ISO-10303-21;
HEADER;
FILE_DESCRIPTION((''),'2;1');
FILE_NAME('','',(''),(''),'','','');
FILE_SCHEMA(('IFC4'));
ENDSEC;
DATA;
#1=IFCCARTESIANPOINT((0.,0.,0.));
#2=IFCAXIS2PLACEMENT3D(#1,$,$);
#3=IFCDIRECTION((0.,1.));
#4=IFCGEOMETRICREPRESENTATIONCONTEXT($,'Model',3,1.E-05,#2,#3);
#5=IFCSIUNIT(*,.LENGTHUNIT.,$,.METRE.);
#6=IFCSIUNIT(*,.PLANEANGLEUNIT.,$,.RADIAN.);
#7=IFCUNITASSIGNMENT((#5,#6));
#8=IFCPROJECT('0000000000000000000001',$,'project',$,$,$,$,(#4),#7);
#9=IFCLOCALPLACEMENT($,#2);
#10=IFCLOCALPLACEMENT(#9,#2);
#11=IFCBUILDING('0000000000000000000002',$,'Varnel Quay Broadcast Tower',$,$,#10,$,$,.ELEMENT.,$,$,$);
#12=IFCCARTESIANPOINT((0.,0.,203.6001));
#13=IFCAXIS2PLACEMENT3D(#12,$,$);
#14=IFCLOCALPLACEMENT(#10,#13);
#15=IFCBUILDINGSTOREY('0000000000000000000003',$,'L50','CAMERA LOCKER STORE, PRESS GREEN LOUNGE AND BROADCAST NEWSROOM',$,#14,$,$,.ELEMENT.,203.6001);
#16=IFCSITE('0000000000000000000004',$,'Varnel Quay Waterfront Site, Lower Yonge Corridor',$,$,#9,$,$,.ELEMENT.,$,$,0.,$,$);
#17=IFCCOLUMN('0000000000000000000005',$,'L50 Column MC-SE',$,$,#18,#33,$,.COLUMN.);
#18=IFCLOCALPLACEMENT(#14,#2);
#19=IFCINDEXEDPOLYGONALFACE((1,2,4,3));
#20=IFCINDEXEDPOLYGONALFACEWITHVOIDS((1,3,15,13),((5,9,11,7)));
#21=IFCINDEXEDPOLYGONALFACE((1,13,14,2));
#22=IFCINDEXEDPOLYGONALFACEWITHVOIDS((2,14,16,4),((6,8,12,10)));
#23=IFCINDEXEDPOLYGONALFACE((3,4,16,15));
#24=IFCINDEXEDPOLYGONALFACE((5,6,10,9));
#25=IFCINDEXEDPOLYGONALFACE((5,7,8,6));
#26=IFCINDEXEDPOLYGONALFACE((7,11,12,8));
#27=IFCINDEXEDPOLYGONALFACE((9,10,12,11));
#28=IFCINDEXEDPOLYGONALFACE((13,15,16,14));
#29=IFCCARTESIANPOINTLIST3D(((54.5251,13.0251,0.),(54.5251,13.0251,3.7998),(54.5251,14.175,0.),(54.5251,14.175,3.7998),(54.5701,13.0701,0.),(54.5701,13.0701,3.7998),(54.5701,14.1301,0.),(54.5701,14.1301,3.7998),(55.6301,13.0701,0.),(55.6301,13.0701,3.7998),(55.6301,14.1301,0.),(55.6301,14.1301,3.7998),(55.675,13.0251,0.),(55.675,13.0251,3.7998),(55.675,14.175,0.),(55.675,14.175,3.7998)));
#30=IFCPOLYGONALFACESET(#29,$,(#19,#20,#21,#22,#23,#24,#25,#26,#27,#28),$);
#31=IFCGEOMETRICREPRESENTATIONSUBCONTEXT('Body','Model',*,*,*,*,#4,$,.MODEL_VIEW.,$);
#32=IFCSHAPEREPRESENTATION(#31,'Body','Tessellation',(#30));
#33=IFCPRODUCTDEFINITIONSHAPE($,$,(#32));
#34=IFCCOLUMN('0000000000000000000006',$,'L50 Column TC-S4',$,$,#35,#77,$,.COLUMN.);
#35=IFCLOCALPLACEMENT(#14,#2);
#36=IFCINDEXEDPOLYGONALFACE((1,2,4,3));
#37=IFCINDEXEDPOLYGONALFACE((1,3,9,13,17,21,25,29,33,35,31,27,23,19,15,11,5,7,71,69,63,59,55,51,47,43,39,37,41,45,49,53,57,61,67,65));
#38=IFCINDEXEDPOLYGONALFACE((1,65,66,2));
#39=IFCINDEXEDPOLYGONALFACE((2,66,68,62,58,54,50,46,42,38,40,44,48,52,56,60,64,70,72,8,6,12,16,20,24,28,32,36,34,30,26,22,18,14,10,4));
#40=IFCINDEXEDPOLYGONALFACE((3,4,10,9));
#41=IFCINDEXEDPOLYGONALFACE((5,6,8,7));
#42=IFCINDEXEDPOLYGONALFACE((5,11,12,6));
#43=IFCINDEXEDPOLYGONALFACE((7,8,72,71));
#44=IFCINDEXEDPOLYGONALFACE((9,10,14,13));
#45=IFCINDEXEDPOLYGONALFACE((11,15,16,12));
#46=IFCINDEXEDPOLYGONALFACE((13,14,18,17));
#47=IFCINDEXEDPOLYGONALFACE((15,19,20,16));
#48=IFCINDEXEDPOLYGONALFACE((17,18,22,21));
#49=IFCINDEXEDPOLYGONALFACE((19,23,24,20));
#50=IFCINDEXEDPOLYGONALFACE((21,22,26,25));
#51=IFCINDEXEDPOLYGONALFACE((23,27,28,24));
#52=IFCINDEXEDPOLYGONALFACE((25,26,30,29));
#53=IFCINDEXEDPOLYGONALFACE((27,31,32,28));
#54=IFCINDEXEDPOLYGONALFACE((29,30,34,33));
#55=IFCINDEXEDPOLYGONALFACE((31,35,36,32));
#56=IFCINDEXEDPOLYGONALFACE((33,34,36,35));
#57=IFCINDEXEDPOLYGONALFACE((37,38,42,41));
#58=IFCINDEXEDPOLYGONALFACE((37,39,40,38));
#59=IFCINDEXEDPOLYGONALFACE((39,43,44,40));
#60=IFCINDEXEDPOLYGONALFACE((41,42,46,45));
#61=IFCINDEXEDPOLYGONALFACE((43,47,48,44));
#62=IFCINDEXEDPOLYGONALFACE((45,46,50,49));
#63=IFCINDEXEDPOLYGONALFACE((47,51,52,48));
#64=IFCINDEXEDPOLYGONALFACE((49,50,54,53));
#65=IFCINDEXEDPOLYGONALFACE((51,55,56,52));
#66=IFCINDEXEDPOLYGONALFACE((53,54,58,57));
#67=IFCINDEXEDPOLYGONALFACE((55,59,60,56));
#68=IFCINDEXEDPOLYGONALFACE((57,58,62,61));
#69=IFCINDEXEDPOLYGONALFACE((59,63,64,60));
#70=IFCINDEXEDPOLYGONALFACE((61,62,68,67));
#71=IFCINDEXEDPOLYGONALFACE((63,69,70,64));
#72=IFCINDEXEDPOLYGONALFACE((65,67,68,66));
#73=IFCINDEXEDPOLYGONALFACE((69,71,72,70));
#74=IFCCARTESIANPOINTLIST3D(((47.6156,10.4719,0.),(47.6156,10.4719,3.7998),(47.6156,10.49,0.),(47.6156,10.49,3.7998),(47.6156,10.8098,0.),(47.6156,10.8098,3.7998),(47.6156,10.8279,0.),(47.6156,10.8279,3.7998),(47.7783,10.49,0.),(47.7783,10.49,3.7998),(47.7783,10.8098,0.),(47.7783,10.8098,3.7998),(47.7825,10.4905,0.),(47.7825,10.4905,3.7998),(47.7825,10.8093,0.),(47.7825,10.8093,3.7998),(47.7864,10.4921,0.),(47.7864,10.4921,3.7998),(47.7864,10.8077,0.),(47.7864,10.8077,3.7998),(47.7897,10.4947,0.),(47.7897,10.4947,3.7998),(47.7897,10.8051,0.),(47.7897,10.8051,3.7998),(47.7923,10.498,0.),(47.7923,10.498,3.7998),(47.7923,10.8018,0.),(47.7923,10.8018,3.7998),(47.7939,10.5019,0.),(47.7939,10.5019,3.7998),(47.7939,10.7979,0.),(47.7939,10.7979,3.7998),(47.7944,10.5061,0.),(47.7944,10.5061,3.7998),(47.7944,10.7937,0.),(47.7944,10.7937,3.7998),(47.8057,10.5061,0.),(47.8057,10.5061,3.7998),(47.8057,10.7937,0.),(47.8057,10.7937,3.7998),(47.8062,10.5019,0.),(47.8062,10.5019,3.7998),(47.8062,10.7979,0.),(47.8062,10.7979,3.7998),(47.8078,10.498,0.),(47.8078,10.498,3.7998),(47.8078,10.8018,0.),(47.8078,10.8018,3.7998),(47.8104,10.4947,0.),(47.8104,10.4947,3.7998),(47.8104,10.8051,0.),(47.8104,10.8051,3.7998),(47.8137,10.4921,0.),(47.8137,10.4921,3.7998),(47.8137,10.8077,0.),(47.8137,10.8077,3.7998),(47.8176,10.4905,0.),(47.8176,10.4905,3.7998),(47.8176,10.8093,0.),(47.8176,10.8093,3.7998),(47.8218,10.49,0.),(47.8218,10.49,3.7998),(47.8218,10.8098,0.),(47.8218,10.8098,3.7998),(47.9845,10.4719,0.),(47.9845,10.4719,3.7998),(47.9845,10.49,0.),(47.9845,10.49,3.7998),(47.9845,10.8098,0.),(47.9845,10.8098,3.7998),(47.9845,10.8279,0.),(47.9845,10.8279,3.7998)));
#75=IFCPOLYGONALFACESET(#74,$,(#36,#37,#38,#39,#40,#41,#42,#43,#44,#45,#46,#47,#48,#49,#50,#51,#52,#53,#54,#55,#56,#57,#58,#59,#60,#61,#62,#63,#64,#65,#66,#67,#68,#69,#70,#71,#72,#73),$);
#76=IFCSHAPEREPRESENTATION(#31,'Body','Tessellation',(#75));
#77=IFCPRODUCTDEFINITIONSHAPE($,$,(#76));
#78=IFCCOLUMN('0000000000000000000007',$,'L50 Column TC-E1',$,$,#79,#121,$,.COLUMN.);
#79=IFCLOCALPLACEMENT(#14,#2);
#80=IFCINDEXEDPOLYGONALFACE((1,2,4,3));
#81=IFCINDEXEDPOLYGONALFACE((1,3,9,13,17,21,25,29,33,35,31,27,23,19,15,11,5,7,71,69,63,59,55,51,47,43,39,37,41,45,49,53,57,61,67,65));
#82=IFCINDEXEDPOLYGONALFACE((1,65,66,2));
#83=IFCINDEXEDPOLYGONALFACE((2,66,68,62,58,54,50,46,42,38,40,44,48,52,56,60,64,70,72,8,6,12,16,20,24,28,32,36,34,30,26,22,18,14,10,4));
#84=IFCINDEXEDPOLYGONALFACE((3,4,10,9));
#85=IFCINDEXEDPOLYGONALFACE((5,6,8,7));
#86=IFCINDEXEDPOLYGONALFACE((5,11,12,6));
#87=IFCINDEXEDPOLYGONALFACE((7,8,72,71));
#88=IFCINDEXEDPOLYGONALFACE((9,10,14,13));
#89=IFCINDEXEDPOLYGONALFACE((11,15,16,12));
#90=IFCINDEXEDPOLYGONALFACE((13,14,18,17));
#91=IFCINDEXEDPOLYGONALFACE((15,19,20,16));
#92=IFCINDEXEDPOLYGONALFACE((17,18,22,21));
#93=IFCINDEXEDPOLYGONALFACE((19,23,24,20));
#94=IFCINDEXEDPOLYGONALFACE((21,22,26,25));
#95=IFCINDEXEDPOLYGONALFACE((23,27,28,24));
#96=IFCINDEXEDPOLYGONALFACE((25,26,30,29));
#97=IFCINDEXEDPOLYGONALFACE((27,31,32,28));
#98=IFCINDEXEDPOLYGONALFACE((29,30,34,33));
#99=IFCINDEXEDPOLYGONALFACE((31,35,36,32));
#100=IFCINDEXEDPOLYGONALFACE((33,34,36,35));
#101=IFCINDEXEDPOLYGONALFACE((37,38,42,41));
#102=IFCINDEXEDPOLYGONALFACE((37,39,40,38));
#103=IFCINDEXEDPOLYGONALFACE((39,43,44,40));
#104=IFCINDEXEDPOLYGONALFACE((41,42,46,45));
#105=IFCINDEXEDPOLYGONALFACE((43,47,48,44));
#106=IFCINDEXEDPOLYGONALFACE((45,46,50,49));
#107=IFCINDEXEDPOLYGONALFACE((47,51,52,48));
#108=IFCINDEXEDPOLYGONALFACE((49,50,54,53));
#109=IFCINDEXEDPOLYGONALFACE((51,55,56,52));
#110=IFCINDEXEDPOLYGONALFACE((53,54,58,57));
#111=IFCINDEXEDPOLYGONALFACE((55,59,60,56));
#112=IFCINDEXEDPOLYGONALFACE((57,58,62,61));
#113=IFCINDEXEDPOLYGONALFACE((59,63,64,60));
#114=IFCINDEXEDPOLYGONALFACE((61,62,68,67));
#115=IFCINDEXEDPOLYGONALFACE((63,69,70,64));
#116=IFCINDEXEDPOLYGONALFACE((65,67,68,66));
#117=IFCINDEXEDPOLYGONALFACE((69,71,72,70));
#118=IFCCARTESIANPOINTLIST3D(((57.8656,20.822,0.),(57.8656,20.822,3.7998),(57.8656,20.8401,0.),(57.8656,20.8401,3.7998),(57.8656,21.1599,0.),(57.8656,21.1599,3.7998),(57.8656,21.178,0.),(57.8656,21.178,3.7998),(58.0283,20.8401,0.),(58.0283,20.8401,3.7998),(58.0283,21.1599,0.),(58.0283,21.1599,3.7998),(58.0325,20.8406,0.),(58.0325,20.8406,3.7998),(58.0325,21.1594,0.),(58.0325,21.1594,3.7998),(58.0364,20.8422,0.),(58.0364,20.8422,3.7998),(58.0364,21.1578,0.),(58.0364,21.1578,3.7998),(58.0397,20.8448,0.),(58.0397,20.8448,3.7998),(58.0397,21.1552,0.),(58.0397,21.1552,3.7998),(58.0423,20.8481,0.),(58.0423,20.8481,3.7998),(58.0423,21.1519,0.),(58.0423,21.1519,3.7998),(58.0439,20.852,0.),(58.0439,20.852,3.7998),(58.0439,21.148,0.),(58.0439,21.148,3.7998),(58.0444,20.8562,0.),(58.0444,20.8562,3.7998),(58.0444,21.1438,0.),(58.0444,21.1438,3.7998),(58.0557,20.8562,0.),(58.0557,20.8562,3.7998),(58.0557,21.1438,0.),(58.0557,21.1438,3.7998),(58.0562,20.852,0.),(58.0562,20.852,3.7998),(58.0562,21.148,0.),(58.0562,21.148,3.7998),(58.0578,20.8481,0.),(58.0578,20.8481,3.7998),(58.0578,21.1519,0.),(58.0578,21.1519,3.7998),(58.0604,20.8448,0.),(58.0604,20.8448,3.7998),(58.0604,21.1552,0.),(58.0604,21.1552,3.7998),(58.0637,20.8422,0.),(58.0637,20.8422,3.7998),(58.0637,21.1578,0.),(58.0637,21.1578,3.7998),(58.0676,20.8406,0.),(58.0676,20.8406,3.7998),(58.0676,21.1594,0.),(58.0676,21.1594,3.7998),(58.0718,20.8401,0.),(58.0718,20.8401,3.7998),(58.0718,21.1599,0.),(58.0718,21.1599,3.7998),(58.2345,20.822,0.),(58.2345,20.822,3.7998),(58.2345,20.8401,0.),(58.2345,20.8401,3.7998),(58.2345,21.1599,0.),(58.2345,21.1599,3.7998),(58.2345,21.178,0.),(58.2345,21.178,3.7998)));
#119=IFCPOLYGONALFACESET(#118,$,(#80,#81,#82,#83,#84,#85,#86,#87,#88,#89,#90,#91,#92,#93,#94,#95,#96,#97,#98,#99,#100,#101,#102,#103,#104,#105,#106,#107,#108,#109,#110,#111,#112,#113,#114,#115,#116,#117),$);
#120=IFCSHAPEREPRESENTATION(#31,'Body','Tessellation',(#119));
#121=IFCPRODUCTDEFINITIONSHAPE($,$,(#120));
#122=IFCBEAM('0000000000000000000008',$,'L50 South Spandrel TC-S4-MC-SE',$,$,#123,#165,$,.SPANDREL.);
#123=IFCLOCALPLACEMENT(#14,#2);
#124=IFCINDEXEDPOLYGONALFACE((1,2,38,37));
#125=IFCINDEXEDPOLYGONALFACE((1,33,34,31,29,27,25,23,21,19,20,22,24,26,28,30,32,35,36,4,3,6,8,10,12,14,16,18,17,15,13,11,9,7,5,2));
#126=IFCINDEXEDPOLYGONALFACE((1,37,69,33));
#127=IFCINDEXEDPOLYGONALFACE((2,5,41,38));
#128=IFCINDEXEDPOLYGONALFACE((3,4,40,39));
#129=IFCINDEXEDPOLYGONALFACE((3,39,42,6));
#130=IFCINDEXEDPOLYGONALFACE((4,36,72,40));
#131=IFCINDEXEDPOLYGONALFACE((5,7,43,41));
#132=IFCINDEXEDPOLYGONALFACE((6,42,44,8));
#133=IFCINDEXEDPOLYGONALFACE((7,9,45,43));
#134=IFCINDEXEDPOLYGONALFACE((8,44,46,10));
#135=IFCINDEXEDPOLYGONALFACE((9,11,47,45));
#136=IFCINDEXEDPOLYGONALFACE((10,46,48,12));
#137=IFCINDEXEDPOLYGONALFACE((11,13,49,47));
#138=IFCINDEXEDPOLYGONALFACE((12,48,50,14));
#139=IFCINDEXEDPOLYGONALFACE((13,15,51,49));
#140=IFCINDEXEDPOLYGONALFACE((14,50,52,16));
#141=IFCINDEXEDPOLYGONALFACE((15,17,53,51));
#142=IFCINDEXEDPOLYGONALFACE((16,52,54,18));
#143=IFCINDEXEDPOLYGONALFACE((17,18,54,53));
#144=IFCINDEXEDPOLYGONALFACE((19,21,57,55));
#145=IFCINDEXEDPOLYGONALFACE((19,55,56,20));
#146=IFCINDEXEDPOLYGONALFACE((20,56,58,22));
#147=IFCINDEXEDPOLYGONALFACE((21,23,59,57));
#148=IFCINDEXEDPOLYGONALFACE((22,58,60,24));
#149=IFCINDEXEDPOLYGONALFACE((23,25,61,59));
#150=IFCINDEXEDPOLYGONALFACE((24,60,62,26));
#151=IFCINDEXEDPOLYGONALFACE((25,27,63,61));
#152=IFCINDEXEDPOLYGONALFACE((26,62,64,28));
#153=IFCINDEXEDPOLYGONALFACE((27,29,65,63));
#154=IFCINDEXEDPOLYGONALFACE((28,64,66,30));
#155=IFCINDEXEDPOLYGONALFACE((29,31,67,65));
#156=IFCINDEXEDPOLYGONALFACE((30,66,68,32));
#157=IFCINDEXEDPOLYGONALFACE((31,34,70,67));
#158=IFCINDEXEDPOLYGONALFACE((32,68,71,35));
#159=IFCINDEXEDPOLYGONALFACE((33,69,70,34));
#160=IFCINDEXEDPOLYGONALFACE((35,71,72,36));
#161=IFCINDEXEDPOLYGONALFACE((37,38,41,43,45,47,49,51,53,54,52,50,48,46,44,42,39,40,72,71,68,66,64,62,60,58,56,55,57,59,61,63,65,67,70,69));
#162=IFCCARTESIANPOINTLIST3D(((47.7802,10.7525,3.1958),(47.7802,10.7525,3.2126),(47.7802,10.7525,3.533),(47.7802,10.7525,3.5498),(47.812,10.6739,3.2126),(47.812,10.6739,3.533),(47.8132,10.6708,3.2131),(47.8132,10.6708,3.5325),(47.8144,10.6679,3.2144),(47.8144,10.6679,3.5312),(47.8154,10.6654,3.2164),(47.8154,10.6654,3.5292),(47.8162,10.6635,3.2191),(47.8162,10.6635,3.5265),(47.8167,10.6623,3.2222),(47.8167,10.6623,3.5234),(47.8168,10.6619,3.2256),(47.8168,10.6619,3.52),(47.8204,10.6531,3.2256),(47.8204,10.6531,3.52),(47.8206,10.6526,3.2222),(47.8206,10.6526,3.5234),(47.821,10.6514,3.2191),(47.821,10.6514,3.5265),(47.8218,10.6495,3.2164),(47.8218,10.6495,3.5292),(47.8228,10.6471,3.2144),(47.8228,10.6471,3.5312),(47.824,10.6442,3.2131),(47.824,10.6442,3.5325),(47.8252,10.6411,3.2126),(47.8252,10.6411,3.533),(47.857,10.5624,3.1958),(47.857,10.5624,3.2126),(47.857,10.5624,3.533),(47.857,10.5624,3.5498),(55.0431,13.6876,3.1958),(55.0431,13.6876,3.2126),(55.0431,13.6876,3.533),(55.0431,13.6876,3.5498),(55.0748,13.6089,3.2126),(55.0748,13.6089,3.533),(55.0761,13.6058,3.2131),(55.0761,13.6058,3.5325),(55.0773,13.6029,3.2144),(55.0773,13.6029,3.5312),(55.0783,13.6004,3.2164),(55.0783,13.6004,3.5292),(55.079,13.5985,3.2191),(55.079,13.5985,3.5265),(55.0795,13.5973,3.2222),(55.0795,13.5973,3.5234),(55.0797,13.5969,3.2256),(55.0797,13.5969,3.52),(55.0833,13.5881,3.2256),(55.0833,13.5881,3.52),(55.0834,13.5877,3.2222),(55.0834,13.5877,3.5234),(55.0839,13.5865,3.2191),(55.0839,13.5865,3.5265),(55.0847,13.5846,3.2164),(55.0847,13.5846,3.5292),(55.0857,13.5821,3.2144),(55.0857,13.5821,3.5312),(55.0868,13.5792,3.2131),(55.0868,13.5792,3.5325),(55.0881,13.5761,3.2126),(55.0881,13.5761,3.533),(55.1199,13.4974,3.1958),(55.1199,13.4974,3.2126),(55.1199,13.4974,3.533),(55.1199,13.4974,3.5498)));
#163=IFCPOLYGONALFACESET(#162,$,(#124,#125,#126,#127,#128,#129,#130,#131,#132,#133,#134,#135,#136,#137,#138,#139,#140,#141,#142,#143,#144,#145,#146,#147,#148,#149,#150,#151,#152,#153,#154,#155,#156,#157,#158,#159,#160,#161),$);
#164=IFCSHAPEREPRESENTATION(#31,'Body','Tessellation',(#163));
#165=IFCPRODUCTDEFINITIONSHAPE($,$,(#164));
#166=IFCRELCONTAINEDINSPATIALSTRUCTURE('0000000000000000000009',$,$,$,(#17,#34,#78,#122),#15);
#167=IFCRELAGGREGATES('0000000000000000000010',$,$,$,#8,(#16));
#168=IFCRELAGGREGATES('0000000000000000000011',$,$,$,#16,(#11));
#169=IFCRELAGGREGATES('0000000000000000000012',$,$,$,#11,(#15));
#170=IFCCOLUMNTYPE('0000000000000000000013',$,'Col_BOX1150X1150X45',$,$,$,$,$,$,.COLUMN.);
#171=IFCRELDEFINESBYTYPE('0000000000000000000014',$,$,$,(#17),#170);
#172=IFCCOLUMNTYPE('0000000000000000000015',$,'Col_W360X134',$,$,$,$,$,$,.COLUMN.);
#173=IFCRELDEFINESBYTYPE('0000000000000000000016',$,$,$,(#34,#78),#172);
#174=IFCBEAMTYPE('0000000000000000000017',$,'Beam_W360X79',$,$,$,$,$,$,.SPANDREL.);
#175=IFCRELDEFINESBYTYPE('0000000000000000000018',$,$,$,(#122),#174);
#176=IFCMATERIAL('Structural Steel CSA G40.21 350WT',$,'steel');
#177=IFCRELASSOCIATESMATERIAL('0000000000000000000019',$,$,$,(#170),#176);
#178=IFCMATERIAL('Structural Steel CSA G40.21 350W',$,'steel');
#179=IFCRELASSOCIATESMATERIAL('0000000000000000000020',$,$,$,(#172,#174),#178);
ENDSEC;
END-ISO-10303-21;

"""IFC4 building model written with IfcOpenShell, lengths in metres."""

from ifc_helpers import new_model, si_unit, direction, frame, origin, origin_2d, place, context, subcontext, project, spatial, hollow_rectangle, i_section, extrude, source, transform, mapped, material, material_profile, profile_set, type_object, type_shapes, element, save


model = new_model("IFC4")

# Units and contexts
model_context = context("Model", 3, precision=1e-05, world=origin(), true_north=direction((0.0, 1.0)))
body_context = subcontext(model_context, "Body", "Model", "MODEL_VIEW")
ifc_project = project(units=[si_unit("LENGTHUNIT", "METRE"), si_unit("PLANEANGLEUNIT", "RADIAN")], contexts=[model_context])

# Site, building, storey
site_placement = place(None, origin())
site = spatial("IfcSite", under=ifc_project, at=site_placement, Name="Varnel Quay Waterfront Site, Lower Yonge Corridor", CompositionType="ELEMENT", RefElevation=0.0)
building_placement = place(site_placement, origin())
building = spatial("IfcBuilding", under=site, at=building_placement, Name="Varnel Quay Broadcast Tower", CompositionType="ELEMENT")
storey_placement = place(building_placement, frame((0.0, 0.0, 203.6001)))
storey = spatial("IfcBuildingStorey", under=building, at=storey_placement, Name="L50", Description="CAMERA LOCKER STORE, PRESS GREEN LOUNGE AND BROADCAST NEWSROOM", CompositionType="ELEMENT", Elevation=203.6001)

# Columns
ifc_material_1 = material(Name="Structural Steel CSA G40.21 350WT", Category="steel")
ifc_material_profile_1 = material_profile(ifc_material_1, hollow_rectangle(XDim=1.1499, YDim=1.1499, WallThickness=0.0449, at=origin_2d()), Name="BOX1150X1150X45")
ifc_profile_set_1 = profile_set([ifc_material_profile_1], Name="Structural Steel CSA G40.21 350WT")
column_type_1 = type_object("IfcColumnType", Name="Col_BOX1150X1150X45", PredefinedType="COLUMN", material=ifc_profile_set_1)
shared_shape_1 = source(origin(), body_context, "Body", "SweptSolid", [
    extrude(hollow_rectangle(XDim=1.1499, YDim=1.1499, WallThickness=0.0449, at=origin_2d()), origin(), (0.0, 0.0, 1.0), 3.7998),
])
type_shapes(column_type_1, [shared_shape_1])
column_placement = place(storey_placement, frame((55.1001, 13.6001, 0.0), z_axis=(0.0, 0.0, 1.0), x_axis=(1.0, 0.0, 0.0)))
element("IfcColumn", 1, at=column_placement, inside=storey, type_object=column_type_1, Name="L50 Column MC-SE", PredefinedType="COLUMN", context=body_context, shape_type="MappedRepresentation", body=[
    mapped(shared_shape_1, transform((0.0, 0.0, 0.0), x_axis=(1.0, 0.0, 0.0), y_axis=(0.0, 1.0, 0.0), z_axis=(0.0, 0.0, 1.0), scale=1.0)),
])
ifc_material_2 = material(Name="Structural Steel CSA G40.21 350W", Category="steel")
ifc_material_profile_2 = material_profile(ifc_material_2, i_section(OverallWidth=0.3689, OverallDepth=0.356, WebThickness=0.0112, FlangeThickness=0.0181, FilletRadius=0.0161, at=origin_2d()), Name="W360X134")
ifc_profile_set_2 = profile_set([ifc_material_profile_2], Name="Structural Steel CSA G40.21 350W")
column_type_2 = type_object("IfcColumnType", Name="Col_W360X134", PredefinedType="COLUMN", material=ifc_profile_set_2)
shared_shape_2 = source(origin(), body_context, "Body", "SweptSolid", [
    extrude(i_section(OverallWidth=0.3689, OverallDepth=0.356, WebThickness=0.0112, FlangeThickness=0.0181, FilletRadius=0.0161, at=origin_2d()), origin(), (0.0, 0.0, 1.0), 3.7998),
])
type_shapes(column_type_2, [shared_shape_2])
for number, where, z_axis, x_axis, name in (
    (2, (47.8, 10.6499, 0.0), (0.0, 0.0, 1.0), (1.0, 0.0, 0.0), "L50 Column TC-S4"),
    (3, (58.05, 21.0, 0.0), (0.0, 0.0, 1.0), (1.0, 0.0, 0.0), "L50 Column TC-E1"),
):
    element("IfcColumn", number, at=place(storey_placement, frame(where, z_axis=z_axis, x_axis=x_axis)), inside=storey, type_object=column_type_2, Name=name, PredefinedType="COLUMN", context=body_context, shape_type="MappedRepresentation", body=[
        mapped(shared_shape_2, transform((0.0, 0.0, 0.0), x_axis=(1.0, 0.0, 0.0), y_axis=(0.0, 1.0, 0.0), z_axis=(0.0, 0.0, 1.0), scale=1.0)),
    ])

# Beam
ifc_material_profile_3 = material_profile(ifc_material_2, i_section(OverallWidth=0.2051, OverallDepth=0.354, WebThickness=0.0095, FlangeThickness=0.0168, FilletRadius=0.0129, at=origin_2d()), Name="W360X79")
ifc_profile_set_3 = profile_set([ifc_material_profile_3], Name="Structural Steel CSA G40.21 350W")
beam_type_1 = type_object("IfcBeamType", Name="Beam_W360X79", PredefinedType="SPANDREL", material=ifc_profile_set_3)
shared_shape_3 = source(origin(), body_context, "Body", "SweptSolid", [
    extrude(i_section(OverallWidth=0.2051, OverallDepth=0.354, WebThickness=0.0095, FlangeThickness=0.0168, FilletRadius=0.0129, at=origin_2d()), origin(), (0.0, 0.0, 1.0), 7.8335),
])
beam_1_placement = place(storey_placement, frame((47.8186, 10.6575, 3.3728), z_axis=(0.927155, 0.374677, 0.0), x_axis=(-0.374677, 0.927155, 0.0)))
element("IfcBeam", 4, at=beam_1_placement, inside=storey, type_object=beam_type_1, Name="L50 South Spandrel TC-S4-MC-SE", PredefinedType="SPANDREL", context=body_context, shape_type="MappedRepresentation", body=[
    mapped(shared_shape_3, transform((0.0, 0.0, 0.0), x_axis=(1.0, 0.0, 0.0), y_axis=(0.0, 1.0, 0.0), z_axis=(0.0, 0.0, 1.0), scale=1.0)),
])

save(model, "model.ifc")
